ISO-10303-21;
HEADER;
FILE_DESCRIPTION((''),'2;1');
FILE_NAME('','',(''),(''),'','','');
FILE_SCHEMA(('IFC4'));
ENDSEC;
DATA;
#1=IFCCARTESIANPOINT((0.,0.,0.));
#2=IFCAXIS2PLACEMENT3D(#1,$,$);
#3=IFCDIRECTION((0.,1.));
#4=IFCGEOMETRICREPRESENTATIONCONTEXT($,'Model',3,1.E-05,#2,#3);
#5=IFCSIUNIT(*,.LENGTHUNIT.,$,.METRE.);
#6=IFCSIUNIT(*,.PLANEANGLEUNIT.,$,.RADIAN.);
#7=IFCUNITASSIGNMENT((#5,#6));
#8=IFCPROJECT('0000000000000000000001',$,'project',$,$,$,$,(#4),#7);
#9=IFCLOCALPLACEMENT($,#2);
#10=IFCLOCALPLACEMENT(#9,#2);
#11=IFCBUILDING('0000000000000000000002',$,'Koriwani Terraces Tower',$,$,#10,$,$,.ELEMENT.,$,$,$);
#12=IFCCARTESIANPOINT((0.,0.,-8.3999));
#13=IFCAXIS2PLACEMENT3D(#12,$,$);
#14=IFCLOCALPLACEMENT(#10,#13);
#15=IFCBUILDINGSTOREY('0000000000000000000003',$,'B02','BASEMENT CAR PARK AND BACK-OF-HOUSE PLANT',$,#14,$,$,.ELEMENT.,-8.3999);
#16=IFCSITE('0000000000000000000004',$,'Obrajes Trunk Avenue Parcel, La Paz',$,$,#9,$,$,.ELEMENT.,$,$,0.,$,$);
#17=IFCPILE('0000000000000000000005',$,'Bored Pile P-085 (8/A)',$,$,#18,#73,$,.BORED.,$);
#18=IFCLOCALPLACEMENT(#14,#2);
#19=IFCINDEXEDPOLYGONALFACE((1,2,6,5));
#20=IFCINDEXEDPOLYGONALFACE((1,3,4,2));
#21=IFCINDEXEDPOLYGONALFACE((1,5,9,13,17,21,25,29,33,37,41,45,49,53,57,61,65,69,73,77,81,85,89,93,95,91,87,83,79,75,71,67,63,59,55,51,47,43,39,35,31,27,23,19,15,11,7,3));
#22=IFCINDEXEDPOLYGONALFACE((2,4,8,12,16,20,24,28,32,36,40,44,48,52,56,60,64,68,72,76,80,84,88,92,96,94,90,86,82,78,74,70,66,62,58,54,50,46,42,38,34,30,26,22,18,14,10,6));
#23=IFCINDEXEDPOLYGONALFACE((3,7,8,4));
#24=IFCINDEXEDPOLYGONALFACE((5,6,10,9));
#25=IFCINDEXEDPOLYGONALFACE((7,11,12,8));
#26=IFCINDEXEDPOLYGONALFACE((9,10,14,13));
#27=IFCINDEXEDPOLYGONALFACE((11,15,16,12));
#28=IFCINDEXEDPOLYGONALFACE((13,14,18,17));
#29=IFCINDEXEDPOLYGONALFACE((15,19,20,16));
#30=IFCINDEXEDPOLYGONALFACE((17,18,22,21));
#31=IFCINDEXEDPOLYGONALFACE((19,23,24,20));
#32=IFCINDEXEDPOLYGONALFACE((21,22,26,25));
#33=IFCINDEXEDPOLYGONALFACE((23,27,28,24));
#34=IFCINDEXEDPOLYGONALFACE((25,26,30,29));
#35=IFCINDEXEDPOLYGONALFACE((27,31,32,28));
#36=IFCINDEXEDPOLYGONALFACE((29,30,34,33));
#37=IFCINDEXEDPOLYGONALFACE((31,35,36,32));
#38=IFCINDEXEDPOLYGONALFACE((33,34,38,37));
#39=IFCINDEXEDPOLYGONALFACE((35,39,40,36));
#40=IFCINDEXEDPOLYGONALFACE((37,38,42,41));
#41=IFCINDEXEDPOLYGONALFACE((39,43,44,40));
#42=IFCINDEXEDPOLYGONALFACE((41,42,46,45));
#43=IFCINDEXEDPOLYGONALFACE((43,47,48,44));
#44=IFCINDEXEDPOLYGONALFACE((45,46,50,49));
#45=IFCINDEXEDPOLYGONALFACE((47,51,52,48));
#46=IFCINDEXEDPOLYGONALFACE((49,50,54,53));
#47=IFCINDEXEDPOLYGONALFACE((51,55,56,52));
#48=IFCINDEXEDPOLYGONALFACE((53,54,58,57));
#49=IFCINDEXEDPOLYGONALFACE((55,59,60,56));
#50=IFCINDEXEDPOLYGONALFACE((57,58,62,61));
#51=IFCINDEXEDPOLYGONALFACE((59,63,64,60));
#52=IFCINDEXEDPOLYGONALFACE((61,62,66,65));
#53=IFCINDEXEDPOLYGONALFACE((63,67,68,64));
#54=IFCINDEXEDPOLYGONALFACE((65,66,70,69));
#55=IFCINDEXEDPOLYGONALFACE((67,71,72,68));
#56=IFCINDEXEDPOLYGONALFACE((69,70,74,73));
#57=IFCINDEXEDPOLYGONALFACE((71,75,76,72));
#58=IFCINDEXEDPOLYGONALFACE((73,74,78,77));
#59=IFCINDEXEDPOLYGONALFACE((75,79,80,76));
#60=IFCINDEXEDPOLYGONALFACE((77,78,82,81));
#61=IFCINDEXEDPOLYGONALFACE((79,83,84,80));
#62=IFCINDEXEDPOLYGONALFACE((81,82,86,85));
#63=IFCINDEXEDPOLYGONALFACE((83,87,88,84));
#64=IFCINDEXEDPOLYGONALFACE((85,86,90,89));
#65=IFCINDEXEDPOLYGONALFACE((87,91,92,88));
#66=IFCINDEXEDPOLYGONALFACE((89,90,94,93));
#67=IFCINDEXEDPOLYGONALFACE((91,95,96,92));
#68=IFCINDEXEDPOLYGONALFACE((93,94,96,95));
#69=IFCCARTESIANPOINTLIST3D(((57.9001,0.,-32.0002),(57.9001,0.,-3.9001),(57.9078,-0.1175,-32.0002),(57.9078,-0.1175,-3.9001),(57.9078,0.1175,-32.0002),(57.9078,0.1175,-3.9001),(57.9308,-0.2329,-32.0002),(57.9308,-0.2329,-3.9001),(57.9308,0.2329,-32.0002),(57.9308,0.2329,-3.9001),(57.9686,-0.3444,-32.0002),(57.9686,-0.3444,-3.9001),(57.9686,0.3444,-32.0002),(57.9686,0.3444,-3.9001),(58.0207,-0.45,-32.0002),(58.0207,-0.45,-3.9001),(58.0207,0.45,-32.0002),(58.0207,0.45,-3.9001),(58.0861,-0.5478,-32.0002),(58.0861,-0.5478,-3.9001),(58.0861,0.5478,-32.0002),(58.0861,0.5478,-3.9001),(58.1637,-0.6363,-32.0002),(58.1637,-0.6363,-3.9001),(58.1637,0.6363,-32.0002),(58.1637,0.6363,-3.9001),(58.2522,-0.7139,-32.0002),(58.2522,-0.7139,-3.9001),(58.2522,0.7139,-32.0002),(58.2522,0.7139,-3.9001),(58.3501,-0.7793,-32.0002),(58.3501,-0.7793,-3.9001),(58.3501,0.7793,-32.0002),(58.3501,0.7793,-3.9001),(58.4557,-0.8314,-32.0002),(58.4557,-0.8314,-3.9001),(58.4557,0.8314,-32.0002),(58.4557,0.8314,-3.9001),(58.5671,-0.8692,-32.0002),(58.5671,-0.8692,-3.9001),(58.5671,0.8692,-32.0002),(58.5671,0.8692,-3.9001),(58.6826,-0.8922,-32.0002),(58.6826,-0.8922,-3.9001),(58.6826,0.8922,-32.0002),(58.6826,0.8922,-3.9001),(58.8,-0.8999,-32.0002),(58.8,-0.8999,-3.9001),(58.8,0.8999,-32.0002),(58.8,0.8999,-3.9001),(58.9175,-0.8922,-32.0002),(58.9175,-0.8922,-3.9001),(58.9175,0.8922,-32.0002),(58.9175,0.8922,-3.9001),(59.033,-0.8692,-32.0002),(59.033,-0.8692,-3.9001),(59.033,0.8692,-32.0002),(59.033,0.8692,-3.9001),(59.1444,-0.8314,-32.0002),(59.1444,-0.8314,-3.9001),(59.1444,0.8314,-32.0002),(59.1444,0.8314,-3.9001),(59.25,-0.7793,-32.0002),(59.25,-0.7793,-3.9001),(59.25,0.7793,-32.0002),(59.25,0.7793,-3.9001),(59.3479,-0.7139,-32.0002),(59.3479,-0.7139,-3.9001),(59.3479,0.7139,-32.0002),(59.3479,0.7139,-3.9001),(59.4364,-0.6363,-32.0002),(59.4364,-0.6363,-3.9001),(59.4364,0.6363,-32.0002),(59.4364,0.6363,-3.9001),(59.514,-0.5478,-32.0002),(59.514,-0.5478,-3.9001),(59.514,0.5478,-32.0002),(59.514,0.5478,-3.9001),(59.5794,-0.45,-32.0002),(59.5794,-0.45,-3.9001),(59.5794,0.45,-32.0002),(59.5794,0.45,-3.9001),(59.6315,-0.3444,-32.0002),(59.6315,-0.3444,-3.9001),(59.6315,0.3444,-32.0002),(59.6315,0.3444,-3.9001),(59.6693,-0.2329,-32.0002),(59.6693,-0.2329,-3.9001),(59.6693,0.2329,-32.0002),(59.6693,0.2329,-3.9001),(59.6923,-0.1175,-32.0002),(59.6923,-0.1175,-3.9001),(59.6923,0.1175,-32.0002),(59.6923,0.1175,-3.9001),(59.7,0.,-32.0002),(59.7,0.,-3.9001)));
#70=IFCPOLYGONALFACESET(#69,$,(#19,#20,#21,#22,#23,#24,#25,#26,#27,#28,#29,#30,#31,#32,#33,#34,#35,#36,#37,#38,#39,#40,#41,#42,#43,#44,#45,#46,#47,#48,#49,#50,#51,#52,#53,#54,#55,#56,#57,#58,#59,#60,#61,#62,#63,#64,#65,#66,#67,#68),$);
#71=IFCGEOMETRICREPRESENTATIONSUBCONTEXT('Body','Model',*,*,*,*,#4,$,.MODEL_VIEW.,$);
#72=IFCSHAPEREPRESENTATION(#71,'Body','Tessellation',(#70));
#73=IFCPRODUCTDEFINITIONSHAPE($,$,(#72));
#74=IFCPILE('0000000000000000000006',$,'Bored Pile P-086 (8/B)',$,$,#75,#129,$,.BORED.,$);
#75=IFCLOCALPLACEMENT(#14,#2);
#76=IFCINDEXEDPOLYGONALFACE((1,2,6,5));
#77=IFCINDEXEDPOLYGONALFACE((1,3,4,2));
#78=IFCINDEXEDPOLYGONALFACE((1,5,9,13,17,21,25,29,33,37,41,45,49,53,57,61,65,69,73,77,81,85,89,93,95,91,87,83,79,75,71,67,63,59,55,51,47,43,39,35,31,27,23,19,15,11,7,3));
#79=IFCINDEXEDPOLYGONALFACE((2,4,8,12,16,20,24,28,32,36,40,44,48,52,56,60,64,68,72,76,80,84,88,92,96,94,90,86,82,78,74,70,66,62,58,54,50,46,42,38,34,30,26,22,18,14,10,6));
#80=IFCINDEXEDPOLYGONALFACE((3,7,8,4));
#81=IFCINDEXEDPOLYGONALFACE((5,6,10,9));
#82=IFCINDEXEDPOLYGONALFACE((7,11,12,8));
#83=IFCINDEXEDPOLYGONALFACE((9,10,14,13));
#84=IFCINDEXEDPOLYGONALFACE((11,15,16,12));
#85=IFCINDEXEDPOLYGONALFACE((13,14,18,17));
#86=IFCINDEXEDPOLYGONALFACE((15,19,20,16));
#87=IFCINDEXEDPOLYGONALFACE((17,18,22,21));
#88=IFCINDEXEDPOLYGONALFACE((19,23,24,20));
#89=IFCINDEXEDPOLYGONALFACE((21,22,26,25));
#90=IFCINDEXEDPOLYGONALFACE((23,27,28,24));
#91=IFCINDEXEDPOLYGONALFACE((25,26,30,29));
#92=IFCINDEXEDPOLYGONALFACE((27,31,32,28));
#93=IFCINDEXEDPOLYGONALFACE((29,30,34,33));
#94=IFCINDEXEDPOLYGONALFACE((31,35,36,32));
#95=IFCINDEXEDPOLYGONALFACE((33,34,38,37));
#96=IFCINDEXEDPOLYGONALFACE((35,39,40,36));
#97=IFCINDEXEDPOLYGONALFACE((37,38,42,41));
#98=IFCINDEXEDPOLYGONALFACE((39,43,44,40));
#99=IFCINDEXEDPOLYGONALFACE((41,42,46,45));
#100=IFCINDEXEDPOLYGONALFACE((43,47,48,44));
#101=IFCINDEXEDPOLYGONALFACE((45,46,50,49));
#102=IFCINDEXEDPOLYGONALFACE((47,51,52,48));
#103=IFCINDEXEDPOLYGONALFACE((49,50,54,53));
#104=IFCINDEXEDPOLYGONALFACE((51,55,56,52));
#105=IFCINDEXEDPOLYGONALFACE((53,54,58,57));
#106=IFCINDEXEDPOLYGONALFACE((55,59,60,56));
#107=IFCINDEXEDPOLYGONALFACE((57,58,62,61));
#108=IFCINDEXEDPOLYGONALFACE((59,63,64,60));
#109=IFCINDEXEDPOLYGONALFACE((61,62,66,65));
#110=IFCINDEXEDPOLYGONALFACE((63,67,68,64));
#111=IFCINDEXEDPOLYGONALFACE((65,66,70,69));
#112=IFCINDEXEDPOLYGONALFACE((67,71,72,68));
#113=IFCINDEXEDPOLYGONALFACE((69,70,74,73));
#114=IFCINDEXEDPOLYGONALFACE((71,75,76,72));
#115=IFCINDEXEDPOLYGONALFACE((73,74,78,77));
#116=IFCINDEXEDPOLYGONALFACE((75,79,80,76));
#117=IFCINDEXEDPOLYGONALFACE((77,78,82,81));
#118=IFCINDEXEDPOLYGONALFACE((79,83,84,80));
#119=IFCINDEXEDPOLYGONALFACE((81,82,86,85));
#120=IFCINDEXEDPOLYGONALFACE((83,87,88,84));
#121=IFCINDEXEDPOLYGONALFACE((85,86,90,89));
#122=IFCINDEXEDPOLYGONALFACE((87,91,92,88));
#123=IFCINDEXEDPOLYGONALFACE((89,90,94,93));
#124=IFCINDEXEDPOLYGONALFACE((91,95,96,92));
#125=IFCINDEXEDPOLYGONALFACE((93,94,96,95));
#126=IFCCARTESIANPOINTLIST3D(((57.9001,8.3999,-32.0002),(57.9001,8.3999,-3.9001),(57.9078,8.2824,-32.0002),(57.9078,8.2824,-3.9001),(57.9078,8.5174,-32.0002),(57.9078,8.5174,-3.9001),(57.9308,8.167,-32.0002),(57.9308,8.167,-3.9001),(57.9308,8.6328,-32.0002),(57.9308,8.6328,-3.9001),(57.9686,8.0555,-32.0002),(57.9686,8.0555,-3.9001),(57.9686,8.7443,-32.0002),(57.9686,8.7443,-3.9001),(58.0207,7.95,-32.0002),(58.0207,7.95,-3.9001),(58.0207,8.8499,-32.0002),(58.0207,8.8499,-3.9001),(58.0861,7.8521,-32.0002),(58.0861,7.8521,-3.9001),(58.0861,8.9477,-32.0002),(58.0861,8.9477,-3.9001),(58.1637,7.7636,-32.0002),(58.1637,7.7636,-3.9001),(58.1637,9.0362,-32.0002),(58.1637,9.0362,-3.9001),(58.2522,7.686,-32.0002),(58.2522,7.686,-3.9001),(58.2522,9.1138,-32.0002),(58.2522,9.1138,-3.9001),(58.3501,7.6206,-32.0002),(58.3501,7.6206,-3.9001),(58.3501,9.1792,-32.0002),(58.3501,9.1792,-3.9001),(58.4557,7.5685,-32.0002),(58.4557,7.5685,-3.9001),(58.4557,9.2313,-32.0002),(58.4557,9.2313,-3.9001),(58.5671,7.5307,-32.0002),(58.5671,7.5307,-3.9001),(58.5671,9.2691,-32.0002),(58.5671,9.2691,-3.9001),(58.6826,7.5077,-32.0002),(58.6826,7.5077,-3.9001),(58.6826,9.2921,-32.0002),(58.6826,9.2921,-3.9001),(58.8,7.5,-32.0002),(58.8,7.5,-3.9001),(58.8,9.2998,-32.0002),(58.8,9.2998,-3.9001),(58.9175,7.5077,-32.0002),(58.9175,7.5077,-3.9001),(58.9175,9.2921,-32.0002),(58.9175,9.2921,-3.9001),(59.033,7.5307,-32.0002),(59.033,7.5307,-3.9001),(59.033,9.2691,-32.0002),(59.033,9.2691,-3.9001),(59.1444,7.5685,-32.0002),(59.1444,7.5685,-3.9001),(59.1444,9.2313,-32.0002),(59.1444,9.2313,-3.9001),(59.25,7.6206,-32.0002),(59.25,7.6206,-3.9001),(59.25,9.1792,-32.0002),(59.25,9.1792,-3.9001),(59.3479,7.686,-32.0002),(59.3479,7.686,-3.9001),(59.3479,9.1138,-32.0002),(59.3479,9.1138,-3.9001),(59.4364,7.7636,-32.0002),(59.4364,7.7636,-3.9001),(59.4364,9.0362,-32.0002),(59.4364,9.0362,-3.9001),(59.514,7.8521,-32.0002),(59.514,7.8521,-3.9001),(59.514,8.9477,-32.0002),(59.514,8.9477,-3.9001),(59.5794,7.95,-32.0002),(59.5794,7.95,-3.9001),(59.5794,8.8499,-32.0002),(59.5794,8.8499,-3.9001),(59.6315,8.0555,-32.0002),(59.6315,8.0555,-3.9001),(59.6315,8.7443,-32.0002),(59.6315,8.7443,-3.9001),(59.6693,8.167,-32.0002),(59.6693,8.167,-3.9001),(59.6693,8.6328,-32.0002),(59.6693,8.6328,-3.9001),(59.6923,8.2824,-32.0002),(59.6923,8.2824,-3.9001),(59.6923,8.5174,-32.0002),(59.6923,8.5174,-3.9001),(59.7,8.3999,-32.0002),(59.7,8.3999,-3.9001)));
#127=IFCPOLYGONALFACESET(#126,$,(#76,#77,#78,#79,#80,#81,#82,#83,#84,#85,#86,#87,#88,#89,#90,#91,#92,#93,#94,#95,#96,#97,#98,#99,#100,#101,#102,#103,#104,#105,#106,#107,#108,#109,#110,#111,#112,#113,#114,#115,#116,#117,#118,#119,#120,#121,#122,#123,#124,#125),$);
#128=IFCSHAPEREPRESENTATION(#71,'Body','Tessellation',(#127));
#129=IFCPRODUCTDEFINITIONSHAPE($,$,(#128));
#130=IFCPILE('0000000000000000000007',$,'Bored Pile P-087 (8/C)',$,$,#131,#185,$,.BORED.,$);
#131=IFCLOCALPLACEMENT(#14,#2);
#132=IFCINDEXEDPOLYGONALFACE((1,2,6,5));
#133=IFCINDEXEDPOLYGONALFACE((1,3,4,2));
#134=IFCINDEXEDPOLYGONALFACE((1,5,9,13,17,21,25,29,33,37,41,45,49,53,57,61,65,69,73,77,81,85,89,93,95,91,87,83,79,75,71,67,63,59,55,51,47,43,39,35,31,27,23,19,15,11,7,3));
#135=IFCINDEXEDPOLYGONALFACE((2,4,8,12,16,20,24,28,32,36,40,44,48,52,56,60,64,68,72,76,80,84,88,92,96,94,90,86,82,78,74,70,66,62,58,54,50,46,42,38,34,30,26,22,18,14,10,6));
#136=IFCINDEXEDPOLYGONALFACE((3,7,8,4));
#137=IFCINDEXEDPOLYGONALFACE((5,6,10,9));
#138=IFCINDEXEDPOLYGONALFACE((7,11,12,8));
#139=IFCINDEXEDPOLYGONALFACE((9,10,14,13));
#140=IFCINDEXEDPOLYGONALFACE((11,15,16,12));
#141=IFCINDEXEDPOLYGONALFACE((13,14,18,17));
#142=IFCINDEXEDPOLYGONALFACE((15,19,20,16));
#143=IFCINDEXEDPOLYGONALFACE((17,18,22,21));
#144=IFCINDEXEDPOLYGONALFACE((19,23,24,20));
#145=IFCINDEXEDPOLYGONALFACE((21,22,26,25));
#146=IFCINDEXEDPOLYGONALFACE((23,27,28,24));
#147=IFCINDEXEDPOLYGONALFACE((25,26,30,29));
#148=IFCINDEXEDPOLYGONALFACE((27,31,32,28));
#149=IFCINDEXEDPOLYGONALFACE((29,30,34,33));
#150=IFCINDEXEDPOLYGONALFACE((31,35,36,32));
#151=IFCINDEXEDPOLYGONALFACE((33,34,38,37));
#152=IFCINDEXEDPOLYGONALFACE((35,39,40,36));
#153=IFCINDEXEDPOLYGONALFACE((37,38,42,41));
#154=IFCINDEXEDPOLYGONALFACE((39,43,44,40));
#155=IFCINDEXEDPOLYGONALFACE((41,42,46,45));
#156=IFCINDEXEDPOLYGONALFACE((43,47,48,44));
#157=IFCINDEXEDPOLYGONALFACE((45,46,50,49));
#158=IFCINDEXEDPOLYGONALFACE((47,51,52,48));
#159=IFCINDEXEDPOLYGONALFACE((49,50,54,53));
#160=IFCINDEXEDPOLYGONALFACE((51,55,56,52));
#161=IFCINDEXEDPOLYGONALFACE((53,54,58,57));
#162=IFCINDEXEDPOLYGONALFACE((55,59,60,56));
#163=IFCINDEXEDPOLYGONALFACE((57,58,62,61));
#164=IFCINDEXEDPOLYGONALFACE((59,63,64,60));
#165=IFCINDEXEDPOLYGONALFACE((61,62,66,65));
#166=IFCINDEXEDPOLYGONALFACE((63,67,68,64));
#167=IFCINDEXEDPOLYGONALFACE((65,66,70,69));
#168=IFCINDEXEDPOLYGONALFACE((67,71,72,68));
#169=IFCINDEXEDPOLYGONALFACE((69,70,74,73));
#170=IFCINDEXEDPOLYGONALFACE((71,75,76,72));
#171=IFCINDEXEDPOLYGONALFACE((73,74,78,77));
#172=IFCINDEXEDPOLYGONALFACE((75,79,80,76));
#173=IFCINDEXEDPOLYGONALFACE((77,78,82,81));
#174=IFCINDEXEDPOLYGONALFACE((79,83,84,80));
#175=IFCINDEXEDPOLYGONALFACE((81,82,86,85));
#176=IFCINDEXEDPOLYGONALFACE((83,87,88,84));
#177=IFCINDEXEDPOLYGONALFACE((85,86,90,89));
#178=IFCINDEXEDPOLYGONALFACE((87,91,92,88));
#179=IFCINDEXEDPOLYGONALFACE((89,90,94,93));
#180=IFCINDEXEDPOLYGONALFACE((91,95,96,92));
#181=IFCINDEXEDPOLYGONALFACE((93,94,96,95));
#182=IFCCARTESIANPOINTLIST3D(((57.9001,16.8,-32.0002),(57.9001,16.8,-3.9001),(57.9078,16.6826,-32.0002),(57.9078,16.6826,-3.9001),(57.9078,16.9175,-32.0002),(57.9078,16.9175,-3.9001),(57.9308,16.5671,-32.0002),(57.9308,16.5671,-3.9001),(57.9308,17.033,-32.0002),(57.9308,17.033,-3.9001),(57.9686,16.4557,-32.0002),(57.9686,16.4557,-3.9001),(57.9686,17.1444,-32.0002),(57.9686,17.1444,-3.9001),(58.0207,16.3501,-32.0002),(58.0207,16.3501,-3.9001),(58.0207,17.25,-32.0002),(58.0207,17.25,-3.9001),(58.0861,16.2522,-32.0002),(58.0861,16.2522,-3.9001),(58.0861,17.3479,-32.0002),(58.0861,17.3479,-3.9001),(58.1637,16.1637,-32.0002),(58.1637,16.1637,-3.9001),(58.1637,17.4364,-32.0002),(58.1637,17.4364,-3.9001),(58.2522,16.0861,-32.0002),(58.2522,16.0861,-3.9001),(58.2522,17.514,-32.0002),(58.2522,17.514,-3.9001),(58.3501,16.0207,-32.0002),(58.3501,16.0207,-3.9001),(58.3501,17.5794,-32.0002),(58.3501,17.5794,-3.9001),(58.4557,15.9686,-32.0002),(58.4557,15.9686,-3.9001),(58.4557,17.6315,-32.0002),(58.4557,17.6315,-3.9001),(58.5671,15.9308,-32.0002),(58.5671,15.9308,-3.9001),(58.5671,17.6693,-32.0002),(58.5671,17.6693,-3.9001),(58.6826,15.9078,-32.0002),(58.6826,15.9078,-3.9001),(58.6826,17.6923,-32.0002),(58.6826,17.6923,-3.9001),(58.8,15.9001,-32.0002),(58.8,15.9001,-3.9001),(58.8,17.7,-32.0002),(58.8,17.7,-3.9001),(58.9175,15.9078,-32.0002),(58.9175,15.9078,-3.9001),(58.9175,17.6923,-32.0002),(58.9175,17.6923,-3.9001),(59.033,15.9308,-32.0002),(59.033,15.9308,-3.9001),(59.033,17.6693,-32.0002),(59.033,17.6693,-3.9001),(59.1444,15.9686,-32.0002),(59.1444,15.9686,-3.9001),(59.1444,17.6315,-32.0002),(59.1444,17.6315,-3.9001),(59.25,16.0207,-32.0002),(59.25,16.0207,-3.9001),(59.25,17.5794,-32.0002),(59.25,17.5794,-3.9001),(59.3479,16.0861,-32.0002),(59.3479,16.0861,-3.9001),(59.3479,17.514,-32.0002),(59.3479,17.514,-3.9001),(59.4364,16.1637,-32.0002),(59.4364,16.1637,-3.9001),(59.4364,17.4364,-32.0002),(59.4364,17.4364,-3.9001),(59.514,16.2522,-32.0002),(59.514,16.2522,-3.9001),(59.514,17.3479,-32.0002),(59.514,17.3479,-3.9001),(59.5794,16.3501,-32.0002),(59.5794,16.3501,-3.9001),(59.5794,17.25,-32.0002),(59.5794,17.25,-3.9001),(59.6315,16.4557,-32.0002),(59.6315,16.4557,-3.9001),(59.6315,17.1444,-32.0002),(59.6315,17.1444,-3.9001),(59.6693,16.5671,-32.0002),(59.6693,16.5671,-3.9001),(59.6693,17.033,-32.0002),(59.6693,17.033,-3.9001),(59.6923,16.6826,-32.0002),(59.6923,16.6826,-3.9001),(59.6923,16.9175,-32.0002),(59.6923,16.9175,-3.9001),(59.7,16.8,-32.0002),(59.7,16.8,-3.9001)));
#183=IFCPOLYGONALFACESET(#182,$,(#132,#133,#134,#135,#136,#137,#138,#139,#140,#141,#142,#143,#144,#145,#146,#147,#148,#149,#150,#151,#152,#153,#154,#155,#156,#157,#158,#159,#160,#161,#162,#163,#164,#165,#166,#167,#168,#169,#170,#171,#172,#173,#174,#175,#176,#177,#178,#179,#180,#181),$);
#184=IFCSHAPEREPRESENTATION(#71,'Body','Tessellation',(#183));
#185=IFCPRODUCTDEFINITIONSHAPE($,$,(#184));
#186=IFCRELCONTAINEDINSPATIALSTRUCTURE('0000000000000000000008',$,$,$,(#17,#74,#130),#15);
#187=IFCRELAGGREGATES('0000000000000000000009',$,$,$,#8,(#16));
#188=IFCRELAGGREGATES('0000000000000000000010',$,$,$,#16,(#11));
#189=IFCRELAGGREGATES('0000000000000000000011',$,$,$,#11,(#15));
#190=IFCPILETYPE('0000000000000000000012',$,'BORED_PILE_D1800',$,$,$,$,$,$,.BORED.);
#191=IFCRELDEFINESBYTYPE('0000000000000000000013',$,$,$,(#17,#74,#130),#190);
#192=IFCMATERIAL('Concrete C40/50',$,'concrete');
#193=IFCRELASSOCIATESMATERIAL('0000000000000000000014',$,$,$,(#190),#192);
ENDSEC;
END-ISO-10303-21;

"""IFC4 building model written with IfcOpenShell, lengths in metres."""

from ifc_helpers import new_model, si_unit, direction, frame, origin, origin_2d, place, context, subcontext, project, spatial, circle, extrude, material, material_profile, profile_set, type_object, element, save


model = new_model("IFC4")

# Units and contexts
model_context = context("Model", 3, precision=1e-05, world=origin(), true_north=direction((0.0, 1.0)))
body_context = subcontext(model_context, "Body", "Model", "MODEL_VIEW")
ifc_project = project(units=[si_unit("LENGTHUNIT", "METRE"), si_unit("PLANEANGLEUNIT", "RADIAN")], contexts=[model_context])

# Site, building, storey
site_placement = place(None, origin())
site = spatial("IfcSite", under=ifc_project, at=site_placement, Name="Obrajes Trunk Avenue Parcel, La Paz", CompositionType="ELEMENT", RefElevation=0.0)
building_placement = place(site_placement, origin())
building = spatial("IfcBuilding", under=site, at=building_placement, Name="Koriwani Terraces Tower", CompositionType="ELEMENT")
storey_placement = place(building_placement, frame((0.0, 0.0, -8.3999)))
storey = spatial("IfcBuildingStorey", under=building, at=storey_placement, Name="B02", Description="BASEMENT CAR PARK AND BACK-OF-HOUSE PLANT", CompositionType="ELEMENT", Elevation=-8.3999)

# Piles
ifc_material_1 = material(Name="Concrete C40/50", Category="concrete")
ifc_material_profile_1 = material_profile(ifc_material_1, circle(Radius=0.8999, at=origin_2d()), Name="Concrete C40/50")
ifc_profile_set_1 = profile_set([ifc_material_profile_1], Name="Concrete C40/50")
pile_type = type_object("IfcPileType", Name="BORED_PILE_D1800", PredefinedType="BORED", material=ifc_profile_set_1)
for number, where, z_axis, x_axis, name in (
    (1, (58.8, 0.0, -3.9001), (0.0, 0.0, -1.0), (1.0, 0.0, 0.0), "Bored Pile P-085 (8/A)"),
    (2, (58.8, 8.3999, -3.9001), (0.0, 0.0, -1.0), (1.0, 0.0, 0.0), "Bored Pile P-086 (8/B)"),
    (3, (58.8, 16.8, -3.9001), (0.0, 0.0, -1.0), (1.0, 0.0, 0.0), "Bored Pile P-087 (8/C)"),
):
    element("IfcPile", number, at=place(storey_placement, frame(where, z_axis=z_axis, x_axis=x_axis)), inside=storey, type_object=pile_type, Name=name, PredefinedType="BORED", context=body_context, shape_type="SweptSolid", body=[
        extrude(circle(Radius=0.8999, at=origin_2d()), origin(), (0.0, 0.0, 1.0), 28.1001),
    ])

save(model, "model.ifc")
